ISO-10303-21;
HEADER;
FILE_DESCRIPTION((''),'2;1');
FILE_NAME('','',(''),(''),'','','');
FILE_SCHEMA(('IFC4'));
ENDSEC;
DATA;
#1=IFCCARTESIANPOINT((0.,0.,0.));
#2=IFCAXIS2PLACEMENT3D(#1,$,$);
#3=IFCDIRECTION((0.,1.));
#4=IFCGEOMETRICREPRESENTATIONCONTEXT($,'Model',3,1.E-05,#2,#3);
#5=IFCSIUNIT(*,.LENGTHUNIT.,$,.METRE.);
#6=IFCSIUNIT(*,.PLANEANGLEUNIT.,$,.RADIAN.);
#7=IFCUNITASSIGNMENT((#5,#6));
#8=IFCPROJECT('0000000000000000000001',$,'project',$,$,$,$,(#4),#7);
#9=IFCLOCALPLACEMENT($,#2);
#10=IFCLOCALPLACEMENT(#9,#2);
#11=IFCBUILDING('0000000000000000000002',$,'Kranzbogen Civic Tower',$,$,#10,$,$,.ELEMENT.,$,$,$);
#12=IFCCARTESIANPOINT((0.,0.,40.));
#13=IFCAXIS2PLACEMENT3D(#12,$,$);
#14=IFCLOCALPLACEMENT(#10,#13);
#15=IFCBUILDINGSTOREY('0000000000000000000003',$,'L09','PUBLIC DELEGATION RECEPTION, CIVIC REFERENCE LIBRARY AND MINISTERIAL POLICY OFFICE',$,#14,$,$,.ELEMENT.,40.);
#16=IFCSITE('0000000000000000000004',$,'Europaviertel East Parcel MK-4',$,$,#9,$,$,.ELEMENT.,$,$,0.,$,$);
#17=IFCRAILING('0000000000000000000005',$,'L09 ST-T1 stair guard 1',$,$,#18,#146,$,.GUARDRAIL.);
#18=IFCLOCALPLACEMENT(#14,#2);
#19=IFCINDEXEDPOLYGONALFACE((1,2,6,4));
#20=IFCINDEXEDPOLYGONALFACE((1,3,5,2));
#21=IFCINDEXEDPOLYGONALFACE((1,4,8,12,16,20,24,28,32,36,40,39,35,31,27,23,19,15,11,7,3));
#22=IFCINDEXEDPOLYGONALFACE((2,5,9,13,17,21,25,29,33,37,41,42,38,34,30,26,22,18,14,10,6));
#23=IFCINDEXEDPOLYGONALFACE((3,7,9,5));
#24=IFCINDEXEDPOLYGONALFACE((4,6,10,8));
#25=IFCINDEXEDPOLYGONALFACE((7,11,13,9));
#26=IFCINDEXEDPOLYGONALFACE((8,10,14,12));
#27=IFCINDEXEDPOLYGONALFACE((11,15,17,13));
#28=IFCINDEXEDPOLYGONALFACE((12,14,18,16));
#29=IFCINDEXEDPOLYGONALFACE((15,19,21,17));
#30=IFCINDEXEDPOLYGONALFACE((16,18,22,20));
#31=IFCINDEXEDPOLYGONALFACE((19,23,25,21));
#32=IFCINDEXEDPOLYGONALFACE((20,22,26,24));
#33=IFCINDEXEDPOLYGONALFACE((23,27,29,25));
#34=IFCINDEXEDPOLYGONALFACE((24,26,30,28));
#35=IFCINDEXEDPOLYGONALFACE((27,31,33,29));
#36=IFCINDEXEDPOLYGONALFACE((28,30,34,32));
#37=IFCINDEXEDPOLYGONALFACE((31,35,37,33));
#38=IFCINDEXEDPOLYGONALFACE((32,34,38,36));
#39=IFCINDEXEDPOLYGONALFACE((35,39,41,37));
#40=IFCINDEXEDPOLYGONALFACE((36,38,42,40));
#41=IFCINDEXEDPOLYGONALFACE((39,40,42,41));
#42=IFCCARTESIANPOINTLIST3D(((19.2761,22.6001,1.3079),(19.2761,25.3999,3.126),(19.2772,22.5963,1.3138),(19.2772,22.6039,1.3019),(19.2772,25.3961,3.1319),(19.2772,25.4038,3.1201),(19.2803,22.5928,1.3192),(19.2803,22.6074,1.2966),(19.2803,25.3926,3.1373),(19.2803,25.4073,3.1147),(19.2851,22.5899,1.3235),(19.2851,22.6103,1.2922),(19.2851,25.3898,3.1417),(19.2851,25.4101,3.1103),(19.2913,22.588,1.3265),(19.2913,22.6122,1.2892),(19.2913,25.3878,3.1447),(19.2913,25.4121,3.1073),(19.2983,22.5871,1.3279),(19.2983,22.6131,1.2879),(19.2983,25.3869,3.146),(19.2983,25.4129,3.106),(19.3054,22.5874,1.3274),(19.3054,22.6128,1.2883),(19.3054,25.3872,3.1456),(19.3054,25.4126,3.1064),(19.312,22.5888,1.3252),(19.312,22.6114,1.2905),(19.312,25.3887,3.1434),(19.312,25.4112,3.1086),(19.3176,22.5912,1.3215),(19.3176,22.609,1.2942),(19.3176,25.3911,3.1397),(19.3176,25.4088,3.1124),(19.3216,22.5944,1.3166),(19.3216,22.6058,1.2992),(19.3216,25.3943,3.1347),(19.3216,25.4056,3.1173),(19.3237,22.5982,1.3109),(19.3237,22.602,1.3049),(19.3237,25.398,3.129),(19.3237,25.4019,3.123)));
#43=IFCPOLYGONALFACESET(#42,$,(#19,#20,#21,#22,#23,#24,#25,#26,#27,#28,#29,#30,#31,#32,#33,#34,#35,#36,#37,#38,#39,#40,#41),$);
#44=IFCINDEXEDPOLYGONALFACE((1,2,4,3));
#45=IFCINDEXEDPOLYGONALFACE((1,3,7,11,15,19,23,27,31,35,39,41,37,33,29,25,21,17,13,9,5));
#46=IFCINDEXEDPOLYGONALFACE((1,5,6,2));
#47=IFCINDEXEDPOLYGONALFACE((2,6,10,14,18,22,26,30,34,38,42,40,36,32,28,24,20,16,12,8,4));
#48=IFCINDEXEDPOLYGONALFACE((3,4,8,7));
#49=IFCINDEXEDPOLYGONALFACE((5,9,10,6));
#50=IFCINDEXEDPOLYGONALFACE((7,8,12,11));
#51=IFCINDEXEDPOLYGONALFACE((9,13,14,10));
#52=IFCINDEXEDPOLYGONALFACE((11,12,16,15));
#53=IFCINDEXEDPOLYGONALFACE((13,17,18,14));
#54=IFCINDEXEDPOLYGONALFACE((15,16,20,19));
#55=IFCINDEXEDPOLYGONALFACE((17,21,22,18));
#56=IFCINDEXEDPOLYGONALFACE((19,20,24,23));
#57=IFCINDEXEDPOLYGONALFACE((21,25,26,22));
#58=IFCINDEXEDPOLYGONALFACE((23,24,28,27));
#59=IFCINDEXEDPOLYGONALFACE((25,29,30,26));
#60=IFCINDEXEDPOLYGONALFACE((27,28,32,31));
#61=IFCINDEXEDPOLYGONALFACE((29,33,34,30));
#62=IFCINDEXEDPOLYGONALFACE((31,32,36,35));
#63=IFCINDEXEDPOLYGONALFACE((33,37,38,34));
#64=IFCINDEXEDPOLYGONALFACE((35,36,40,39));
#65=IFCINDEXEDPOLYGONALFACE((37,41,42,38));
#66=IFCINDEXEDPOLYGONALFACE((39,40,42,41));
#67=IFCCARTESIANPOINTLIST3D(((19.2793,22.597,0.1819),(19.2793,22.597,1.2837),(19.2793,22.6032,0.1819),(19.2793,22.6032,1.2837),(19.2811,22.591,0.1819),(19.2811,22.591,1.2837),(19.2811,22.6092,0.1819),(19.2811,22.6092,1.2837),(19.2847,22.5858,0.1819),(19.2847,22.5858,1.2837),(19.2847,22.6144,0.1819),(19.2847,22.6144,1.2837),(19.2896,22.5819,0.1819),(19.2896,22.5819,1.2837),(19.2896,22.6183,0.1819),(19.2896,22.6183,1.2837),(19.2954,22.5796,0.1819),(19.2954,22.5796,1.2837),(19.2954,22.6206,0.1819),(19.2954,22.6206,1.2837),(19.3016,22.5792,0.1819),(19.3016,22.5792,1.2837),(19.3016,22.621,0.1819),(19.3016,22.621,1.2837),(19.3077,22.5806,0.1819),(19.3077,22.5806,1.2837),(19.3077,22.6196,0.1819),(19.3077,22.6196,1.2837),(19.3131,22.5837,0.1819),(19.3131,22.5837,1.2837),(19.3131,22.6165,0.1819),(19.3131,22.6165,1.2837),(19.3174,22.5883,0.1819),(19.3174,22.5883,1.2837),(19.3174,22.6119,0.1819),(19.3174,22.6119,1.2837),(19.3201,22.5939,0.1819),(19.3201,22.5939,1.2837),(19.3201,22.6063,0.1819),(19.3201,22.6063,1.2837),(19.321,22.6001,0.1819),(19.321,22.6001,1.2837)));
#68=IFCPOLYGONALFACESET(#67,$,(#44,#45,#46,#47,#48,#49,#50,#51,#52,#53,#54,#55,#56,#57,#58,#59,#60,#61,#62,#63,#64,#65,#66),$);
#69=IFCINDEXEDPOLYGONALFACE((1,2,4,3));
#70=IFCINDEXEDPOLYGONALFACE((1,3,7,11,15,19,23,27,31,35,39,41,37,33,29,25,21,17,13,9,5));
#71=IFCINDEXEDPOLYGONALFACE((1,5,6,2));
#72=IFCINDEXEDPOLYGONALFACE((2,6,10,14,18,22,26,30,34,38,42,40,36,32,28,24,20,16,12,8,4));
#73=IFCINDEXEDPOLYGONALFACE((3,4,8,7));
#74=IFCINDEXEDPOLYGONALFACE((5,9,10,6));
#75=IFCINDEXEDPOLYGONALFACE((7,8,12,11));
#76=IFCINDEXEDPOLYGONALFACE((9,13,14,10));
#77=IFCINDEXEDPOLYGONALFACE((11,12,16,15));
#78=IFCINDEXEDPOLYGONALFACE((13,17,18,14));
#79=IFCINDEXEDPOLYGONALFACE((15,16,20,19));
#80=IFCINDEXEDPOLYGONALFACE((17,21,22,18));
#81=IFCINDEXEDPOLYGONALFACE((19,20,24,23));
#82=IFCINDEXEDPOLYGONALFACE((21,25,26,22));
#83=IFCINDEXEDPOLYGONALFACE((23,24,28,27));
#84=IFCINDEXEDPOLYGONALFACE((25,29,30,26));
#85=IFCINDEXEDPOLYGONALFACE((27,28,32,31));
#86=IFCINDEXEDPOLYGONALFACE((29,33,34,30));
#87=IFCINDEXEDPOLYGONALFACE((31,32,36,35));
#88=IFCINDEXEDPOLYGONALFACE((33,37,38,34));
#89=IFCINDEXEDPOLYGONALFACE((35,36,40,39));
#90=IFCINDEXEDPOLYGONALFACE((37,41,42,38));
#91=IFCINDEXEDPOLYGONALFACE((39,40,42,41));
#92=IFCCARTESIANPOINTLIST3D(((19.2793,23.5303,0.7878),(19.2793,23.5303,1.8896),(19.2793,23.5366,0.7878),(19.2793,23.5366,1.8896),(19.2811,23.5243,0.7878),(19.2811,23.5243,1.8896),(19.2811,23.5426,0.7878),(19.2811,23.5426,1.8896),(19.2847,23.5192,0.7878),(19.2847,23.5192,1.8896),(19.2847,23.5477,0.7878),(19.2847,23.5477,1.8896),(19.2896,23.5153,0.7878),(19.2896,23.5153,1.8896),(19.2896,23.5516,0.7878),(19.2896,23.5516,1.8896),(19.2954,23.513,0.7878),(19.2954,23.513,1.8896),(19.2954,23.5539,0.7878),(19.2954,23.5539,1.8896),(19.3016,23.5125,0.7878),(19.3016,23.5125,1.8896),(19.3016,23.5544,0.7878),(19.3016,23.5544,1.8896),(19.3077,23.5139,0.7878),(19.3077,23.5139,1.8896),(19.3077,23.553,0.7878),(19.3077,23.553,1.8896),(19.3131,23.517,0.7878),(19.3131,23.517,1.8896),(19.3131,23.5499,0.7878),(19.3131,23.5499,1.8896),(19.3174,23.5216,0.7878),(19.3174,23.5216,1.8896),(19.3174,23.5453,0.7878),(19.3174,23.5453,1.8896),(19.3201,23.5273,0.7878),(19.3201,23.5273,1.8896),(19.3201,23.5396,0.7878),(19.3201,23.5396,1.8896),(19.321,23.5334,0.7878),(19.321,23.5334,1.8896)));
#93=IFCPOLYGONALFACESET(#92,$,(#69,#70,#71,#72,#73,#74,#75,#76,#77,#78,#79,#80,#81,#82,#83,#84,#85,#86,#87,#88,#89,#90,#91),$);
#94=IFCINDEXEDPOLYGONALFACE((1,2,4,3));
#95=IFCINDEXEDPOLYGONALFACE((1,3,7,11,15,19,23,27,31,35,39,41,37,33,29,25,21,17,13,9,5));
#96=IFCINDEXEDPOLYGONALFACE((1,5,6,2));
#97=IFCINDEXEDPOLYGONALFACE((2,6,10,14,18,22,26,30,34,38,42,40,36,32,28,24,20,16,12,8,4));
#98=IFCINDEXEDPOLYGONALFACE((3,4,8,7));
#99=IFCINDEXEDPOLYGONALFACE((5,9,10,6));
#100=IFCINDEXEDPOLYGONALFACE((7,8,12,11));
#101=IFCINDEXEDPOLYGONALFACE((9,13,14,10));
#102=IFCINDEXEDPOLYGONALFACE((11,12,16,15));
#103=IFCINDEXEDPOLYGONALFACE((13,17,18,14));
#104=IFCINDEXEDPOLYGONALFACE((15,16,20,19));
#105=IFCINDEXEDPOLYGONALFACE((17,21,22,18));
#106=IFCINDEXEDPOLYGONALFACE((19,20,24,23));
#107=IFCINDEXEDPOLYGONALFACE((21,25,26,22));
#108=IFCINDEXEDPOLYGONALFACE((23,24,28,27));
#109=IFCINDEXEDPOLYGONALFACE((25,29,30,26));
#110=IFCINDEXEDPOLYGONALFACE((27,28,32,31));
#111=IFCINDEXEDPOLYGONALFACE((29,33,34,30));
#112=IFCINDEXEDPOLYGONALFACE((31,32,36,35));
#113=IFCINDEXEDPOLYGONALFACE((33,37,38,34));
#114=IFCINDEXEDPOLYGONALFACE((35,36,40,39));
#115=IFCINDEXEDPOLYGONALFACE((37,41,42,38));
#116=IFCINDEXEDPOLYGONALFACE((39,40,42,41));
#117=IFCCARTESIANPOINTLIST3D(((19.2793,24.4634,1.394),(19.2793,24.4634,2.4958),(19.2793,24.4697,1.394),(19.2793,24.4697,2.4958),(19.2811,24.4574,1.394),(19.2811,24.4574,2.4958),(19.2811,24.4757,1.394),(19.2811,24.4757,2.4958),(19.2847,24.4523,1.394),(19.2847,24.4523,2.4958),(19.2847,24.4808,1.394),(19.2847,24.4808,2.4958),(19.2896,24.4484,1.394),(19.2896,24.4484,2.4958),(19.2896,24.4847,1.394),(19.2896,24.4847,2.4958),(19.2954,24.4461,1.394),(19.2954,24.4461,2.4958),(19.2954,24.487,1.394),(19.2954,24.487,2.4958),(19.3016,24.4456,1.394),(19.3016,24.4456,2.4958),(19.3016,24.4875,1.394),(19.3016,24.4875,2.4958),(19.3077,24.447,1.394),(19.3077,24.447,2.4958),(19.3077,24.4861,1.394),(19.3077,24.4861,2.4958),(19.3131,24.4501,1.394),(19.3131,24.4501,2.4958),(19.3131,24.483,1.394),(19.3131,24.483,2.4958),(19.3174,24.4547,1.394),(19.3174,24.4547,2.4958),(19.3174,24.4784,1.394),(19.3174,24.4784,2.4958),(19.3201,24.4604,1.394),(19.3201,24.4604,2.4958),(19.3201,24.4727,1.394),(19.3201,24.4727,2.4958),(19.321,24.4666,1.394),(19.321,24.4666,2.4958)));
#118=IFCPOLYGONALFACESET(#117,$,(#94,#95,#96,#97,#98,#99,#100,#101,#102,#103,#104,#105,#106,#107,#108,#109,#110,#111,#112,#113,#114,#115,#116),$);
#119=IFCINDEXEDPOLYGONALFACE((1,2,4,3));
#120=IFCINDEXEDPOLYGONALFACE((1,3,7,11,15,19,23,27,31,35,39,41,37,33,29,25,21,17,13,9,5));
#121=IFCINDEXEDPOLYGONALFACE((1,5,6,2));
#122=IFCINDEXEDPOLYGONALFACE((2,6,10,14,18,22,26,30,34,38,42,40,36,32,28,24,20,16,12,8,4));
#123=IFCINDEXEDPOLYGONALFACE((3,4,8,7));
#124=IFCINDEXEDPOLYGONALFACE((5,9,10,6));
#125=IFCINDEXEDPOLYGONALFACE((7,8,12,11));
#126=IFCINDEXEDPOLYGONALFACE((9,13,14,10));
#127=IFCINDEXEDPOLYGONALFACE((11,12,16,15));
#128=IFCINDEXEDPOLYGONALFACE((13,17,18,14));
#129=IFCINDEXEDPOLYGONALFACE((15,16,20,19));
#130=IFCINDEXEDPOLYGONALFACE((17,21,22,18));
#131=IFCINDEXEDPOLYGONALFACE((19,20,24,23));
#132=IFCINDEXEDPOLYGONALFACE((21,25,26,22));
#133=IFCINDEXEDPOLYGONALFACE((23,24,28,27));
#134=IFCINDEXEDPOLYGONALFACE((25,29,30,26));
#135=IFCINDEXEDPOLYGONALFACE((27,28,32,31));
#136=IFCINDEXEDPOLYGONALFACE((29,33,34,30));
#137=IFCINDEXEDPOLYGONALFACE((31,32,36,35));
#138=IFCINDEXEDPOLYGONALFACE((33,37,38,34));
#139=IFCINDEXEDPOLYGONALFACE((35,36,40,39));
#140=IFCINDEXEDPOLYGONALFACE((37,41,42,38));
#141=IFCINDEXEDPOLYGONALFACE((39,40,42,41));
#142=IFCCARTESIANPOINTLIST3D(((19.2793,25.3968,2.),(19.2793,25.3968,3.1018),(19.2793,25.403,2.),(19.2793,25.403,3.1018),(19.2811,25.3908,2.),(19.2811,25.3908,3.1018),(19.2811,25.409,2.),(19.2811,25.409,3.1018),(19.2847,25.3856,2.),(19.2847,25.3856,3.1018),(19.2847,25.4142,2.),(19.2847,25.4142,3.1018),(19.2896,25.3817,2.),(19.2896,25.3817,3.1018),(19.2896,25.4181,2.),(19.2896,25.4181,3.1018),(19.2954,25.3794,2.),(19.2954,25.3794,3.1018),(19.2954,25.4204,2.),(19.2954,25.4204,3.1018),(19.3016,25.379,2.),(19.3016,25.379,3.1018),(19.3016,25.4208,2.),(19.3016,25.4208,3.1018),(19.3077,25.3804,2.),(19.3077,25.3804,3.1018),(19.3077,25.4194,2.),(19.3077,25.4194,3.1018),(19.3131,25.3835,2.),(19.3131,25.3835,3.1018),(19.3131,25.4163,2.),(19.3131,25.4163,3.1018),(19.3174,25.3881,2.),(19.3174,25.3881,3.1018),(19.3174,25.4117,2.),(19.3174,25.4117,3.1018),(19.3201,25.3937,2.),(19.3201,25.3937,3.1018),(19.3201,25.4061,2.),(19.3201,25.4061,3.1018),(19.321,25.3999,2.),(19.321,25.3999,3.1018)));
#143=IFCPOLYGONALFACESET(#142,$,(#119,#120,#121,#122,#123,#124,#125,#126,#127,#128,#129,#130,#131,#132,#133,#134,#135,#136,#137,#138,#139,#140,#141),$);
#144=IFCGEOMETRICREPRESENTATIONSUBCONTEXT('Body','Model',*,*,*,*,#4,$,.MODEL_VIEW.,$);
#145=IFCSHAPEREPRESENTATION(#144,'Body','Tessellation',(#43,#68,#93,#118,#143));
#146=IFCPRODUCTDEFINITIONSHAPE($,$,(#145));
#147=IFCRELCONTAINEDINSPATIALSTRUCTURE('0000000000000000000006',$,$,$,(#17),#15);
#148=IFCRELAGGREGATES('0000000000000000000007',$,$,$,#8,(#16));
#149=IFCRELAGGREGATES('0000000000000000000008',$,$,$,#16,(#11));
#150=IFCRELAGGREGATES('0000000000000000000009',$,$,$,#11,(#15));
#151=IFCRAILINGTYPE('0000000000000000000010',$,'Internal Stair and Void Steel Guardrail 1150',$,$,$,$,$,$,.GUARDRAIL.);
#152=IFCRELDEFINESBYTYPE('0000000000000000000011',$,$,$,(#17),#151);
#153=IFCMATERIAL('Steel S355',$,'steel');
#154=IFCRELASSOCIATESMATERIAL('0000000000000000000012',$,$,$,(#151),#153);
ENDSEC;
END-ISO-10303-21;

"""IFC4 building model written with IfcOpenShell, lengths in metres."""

from ifc_helpers import new_model, si_unit, direction, frame, origin, origin_2d, place, context, subcontext, project, spatial, circle, extrude, material, type_object, element, save


model = new_model("IFC4")

# Units and contexts
model_context = context("Model", 3, precision=1e-05, world=origin(), true_north=direction((0.0, 1.0)))
body_context = subcontext(model_context, "Body", "Model", "MODEL_VIEW")
ifc_project = project(units=[si_unit("LENGTHUNIT", "METRE"), si_unit("PLANEANGLEUNIT", "RADIAN")], contexts=[model_context])

# Site, building, storey
site_placement = place(None, origin())
site = spatial("IfcSite", under=ifc_project, at=site_placement, Name="Europaviertel East Parcel MK-4", CompositionType="ELEMENT", RefElevation=0.0)
building_placement = place(site_placement, origin())
building = spatial("IfcBuilding", under=site, at=building_placement, Name="Kranzbogen Civic Tower", CompositionType="ELEMENT")
storey_placement = place(building_placement, frame((0.0, 0.0, 40.0)))
storey = spatial("IfcBuildingStorey", under=building, at=storey_placement, Name="L09", Description="PUBLIC DELEGATION RECEPTION, CIVIC REFERENCE LIBRARY AND MINISTERIAL POLICY OFFICE", CompositionType="ELEMENT", Elevation=40.0)

# Shared definitions
ifc_material_1 = material(Name="Steel S355", Category="steel")

# Railing
railing_type_1 = type_object("IfcRailingType", Name="Internal Stair and Void Steel Guardrail 1150", PredefinedType="GUARDRAIL", material=ifc_material_1)
railing_1_placement = place(storey_placement, frame((19.3, 22.6001, 0.1819)))
element("IfcRailing", 1, at=railing_1_placement, inside=storey, type_object=railing_type_1, Name="L09 ST-T1 stair guard 1", PredefinedType="GUARDRAIL", context=body_context, shape_type="SweptSolid", body=[
    extrude(circle(Radius=0.0239, at=origin_2d()), frame((0.0, 0.0, 1.126), z_axis=(0.0, 0.838684, 0.544618), x_axis=(-1.0, 0.0, 0.0)), (0.0, 0.0, 1.0), 3.3384),
    extrude(circle(Radius=0.021, at=origin_2d()), origin(), (0.0, 0.0, 1.0), 1.1018),
    extrude(circle(Radius=0.021, at=origin_2d()), frame((0.0, 0.9333, 0.606)), (0.0, 0.0, 1.0), 1.1018),
    extrude(circle(Radius=0.021, at=origin_2d()), frame((0.0, 1.8665, 1.2122)), (0.0, 0.0, 1.0), 1.1018),
    extrude(circle(Radius=0.021, at=origin_2d()), frame((0.0, 2.7998, 1.8181)), (0.0, 0.0, 1.0), 1.1018),
])

save(model, "model.ifc")
